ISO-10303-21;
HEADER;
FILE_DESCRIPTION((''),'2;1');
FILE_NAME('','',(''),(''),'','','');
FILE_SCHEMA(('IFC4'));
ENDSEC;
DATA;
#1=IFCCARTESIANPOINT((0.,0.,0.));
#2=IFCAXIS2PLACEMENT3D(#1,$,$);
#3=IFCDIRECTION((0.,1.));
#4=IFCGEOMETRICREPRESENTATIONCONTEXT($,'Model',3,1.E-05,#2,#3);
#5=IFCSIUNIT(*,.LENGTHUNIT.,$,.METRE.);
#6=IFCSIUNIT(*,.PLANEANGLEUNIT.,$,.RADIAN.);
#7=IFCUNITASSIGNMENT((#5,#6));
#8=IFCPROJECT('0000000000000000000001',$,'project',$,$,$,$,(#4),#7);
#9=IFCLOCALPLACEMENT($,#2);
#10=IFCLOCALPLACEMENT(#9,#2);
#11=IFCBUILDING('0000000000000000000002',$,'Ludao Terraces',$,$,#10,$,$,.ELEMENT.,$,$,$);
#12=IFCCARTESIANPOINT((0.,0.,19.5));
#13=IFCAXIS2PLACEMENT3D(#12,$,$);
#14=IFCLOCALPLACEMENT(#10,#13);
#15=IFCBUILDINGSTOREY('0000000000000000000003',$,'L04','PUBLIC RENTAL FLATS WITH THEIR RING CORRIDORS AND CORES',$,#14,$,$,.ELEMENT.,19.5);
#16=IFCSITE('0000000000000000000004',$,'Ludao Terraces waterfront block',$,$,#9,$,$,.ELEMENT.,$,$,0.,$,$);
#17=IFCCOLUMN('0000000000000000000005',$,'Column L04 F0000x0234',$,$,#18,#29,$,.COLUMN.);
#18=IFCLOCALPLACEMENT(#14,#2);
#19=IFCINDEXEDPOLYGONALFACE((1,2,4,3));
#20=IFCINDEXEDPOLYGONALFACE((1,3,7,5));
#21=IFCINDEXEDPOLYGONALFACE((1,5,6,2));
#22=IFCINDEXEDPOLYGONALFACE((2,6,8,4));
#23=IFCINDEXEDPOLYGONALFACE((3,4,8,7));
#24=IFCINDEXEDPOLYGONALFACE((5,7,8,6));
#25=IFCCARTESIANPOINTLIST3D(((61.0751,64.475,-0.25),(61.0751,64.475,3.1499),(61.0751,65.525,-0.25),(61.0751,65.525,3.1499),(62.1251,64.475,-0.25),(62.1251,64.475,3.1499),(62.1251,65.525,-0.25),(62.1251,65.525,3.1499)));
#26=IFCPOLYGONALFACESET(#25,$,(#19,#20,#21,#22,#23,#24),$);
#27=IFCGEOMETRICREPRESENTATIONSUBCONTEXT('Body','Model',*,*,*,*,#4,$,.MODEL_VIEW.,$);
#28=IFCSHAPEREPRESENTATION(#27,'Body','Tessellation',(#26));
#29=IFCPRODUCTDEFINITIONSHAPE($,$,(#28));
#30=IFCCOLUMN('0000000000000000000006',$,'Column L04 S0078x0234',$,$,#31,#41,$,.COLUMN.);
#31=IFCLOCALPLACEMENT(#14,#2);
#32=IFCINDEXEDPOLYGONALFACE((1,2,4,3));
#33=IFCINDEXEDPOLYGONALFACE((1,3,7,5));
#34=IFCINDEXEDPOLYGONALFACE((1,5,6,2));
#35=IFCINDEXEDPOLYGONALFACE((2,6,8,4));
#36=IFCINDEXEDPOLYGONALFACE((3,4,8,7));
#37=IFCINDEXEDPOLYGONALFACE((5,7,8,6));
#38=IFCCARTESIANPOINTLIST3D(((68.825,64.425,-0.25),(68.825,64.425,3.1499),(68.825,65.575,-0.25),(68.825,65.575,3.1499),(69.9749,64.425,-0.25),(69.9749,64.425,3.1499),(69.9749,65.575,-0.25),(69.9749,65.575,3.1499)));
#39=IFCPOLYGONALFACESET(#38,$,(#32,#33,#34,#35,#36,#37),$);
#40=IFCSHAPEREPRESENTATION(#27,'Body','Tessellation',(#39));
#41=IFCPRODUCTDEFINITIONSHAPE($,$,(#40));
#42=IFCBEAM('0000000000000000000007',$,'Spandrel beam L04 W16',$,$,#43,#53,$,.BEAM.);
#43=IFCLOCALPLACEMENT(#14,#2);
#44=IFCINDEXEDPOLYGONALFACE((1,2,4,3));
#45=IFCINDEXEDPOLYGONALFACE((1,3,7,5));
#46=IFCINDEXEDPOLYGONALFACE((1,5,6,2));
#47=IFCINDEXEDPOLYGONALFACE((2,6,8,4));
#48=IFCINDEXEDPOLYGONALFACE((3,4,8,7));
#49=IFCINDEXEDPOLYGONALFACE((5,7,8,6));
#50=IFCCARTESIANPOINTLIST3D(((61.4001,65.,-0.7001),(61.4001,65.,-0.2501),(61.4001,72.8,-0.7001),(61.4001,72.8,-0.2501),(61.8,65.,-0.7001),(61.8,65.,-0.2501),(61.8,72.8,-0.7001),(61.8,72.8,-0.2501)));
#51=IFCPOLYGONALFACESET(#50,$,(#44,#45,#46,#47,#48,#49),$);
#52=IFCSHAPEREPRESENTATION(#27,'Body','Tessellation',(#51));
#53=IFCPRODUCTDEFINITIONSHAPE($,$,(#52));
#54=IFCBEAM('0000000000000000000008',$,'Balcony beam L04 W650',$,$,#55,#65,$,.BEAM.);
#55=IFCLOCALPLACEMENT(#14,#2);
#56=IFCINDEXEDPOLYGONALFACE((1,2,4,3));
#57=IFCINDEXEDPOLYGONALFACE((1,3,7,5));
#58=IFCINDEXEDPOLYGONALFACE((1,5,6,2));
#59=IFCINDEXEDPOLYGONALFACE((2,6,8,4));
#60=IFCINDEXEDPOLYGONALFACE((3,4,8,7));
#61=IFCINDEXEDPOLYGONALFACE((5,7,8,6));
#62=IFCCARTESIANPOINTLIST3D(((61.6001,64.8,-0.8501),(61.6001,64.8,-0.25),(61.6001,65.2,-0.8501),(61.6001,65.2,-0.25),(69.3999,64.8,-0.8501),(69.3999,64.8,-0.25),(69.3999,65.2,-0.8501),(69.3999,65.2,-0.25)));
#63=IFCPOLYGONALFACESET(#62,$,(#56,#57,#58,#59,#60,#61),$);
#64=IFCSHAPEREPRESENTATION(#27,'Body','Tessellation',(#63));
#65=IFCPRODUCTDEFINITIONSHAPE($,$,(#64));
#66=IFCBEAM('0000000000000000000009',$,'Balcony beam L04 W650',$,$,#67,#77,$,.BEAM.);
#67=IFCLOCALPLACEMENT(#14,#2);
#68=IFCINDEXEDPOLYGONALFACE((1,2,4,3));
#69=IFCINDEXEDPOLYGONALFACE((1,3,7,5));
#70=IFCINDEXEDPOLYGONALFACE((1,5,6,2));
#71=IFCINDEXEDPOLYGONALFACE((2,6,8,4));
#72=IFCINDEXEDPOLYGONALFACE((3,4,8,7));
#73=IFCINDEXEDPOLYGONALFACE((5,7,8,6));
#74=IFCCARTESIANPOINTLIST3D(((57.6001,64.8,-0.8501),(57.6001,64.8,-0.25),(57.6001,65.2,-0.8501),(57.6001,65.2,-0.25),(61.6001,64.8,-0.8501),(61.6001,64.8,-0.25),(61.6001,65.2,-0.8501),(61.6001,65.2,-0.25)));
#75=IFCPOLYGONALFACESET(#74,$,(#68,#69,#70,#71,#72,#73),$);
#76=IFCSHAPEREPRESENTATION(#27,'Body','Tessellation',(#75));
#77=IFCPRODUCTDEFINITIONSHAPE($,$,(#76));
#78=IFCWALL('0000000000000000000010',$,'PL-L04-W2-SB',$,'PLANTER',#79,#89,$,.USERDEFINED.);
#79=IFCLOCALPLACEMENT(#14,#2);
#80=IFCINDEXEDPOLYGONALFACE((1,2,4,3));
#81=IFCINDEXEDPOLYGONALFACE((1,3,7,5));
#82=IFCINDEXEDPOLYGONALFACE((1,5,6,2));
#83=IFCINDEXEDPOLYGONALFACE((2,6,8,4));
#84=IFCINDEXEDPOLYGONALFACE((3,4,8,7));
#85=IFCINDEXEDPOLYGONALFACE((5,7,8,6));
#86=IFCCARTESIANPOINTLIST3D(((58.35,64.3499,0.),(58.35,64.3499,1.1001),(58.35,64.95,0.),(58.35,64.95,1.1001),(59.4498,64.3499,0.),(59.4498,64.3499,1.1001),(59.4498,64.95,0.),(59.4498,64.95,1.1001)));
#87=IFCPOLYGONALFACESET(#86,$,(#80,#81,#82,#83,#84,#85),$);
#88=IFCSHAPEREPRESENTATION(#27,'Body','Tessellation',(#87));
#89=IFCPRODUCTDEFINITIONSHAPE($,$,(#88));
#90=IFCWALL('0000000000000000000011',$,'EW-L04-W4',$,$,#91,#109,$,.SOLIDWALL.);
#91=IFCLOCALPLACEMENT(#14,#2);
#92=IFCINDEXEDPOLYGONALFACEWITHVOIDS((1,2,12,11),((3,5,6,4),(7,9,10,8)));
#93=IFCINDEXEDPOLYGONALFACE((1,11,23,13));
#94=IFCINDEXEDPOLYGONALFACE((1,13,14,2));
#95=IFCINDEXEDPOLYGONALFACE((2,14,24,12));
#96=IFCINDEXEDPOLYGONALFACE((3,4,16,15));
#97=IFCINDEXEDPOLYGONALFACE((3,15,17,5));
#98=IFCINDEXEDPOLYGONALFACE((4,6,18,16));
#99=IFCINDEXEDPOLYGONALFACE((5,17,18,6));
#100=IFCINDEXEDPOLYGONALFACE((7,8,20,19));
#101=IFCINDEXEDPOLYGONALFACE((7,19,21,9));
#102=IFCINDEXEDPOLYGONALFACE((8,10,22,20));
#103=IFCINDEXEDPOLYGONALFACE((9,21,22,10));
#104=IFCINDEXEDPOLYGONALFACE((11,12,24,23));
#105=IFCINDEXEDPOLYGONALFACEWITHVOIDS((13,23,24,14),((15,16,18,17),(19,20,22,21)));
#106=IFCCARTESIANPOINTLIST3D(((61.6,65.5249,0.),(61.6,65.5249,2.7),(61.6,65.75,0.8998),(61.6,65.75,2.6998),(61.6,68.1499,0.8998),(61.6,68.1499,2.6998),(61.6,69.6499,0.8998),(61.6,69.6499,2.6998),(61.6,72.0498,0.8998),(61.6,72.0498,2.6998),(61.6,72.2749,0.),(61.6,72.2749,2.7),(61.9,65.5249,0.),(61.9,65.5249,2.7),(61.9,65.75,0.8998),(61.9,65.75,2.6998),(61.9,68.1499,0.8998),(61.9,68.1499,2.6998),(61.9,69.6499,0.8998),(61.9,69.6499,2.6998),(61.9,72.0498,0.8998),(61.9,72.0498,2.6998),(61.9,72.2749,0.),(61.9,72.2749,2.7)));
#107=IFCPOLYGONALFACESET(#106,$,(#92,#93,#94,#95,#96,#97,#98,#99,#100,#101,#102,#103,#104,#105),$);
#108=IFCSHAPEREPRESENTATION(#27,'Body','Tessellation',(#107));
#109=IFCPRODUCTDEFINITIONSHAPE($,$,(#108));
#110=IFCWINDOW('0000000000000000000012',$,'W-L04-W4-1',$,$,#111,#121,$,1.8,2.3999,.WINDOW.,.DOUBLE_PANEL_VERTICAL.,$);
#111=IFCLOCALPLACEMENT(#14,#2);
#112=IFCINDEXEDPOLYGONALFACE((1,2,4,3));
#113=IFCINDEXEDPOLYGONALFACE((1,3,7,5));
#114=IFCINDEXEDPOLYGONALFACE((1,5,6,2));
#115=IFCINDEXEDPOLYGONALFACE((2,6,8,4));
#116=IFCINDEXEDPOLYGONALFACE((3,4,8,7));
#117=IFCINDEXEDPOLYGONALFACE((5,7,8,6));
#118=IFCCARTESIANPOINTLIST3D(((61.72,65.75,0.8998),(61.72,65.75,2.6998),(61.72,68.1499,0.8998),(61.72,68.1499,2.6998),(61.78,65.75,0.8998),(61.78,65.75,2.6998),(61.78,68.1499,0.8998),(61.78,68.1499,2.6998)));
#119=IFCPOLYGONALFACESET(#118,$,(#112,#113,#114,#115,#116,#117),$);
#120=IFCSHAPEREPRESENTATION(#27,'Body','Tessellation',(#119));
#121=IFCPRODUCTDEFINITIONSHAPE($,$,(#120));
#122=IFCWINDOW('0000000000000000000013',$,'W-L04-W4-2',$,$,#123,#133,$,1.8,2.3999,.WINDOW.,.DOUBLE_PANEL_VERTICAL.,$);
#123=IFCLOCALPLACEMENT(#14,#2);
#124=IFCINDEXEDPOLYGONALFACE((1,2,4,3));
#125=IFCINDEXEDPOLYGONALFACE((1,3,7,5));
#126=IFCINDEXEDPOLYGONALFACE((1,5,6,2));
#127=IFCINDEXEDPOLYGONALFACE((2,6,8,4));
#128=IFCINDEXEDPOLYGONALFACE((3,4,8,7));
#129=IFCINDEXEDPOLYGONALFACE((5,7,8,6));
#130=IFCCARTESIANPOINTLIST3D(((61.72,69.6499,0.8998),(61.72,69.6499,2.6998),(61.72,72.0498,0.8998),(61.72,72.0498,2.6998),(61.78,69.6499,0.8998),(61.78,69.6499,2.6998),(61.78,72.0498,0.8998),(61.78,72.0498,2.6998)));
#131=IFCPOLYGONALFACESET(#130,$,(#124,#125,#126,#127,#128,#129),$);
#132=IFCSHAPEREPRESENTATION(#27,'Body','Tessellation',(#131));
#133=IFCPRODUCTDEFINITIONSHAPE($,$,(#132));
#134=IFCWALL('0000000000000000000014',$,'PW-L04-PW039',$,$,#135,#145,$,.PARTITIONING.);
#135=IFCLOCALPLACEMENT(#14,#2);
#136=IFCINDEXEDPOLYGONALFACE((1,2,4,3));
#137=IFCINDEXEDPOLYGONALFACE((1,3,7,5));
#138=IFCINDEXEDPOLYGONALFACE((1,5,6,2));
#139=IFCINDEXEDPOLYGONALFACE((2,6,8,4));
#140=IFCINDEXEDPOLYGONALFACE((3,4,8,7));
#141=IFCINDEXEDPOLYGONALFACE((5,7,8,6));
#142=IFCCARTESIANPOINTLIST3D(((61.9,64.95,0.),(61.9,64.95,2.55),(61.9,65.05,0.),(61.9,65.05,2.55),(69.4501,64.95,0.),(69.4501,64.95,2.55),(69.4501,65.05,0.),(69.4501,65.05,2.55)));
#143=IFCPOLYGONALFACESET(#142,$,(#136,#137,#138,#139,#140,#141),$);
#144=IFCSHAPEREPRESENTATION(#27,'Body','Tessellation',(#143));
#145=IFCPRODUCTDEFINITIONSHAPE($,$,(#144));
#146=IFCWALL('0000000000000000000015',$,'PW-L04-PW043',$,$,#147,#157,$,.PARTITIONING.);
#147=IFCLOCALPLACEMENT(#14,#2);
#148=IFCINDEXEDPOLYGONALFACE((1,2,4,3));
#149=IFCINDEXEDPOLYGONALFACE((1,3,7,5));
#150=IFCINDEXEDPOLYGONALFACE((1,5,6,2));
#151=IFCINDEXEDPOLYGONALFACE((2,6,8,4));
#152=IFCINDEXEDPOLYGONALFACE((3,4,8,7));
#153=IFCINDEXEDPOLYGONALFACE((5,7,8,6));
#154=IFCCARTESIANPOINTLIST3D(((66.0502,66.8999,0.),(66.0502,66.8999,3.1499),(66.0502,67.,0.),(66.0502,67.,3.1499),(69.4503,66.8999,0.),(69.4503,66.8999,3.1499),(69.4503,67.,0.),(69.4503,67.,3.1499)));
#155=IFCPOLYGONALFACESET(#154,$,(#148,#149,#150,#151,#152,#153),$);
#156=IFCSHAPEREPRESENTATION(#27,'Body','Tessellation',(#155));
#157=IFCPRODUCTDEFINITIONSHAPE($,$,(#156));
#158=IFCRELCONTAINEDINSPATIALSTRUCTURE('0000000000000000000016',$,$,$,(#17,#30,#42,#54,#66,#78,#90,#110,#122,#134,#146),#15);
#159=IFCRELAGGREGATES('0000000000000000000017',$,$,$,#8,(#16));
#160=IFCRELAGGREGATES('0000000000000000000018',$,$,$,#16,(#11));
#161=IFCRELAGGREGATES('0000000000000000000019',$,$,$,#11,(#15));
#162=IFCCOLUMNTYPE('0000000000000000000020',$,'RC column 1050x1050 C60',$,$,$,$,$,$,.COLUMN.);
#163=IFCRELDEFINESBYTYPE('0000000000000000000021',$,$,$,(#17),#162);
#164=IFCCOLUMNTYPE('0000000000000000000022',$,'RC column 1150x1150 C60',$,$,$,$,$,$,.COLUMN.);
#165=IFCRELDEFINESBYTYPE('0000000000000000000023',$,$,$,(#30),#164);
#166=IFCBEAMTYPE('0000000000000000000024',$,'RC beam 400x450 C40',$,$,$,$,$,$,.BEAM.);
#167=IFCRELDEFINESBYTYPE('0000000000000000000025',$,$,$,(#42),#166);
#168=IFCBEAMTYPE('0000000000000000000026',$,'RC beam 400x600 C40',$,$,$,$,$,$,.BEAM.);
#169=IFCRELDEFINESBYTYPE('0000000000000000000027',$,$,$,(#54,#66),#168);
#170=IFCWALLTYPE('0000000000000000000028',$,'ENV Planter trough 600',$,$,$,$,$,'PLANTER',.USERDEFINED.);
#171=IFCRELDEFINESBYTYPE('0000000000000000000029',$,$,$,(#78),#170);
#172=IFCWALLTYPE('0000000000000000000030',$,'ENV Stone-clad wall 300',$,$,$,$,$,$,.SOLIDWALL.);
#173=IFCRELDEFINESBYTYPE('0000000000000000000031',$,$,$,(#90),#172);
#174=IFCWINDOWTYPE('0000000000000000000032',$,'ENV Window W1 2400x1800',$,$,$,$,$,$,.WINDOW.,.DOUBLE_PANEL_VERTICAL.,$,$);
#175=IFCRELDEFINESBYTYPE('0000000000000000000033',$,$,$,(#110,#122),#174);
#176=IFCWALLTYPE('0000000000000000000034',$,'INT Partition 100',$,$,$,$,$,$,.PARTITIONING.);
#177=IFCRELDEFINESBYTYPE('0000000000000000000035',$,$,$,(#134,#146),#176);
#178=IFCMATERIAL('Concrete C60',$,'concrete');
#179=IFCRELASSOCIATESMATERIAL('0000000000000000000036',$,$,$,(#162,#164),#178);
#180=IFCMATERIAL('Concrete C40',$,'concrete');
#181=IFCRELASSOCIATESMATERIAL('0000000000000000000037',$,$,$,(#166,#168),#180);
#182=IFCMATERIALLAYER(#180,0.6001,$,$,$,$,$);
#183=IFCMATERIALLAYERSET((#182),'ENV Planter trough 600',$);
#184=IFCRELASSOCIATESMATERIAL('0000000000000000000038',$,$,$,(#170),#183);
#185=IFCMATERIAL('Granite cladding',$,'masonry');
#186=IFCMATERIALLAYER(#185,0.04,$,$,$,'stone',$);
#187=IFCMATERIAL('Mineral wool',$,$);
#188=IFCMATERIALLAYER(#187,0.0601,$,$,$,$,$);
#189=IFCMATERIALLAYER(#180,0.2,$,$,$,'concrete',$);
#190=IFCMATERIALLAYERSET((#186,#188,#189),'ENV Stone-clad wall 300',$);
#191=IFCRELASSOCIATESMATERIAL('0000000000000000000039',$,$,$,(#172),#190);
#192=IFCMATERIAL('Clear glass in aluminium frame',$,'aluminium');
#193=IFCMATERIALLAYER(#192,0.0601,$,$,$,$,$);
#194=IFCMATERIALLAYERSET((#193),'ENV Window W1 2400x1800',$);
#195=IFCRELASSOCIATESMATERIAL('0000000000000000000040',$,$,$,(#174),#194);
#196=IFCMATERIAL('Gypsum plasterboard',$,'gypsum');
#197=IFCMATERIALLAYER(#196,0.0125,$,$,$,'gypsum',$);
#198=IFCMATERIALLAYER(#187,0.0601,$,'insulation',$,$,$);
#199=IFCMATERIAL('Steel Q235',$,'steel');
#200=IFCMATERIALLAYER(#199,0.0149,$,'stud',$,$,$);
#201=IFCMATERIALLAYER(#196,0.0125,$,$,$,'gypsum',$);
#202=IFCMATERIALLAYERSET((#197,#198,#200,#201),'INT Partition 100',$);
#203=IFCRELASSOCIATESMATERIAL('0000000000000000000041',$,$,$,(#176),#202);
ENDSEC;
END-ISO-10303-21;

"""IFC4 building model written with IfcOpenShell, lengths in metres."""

from ifc_helpers import new_model, si_unit, direction, frame, frame_2d, origin, origin_2d, place, context, subcontext, project, spatial, rectangle, extrude, material, layer, layer_set, material_profile, profile_set, type_object, element, fill, save


model = new_model("IFC4")

# Units and contexts
model_context = context("Model", 3, precision=1e-05, world=origin(), true_north=direction((0.0, 1.0)))
body_context = subcontext(model_context, "Body", "Model", "MODEL_VIEW")
ifc_project = project(units=[si_unit("LENGTHUNIT", "METRE"), si_unit("PLANEANGLEUNIT", "RADIAN")], contexts=[model_context])

# Site, building, storey
site_placement = place(None, origin())
site = spatial("IfcSite", under=ifc_project, at=site_placement, Name="Ludao Terraces waterfront block", CompositionType="ELEMENT", RefElevation=0.0)
building_placement = place(site_placement, origin())
building = spatial("IfcBuilding", under=site, at=building_placement, Name="Ludao Terraces", CompositionType="ELEMENT")
storey_placement = place(building_placement, frame((0.0, 0.0, 19.5)))
storey = spatial("IfcBuildingStorey", under=building, at=storey_placement, Name="L04", Description="PUBLIC RENTAL FLATS WITH THEIR RING CORRIDORS AND CORES", CompositionType="ELEMENT", Elevation=19.5)

# Columns
ifc_material_1 = material(Name="Concrete C60", Category="concrete")
ifc_material_profile_1 = material_profile(ifc_material_1, rectangle(XDim=1.05, YDim=1.05, at=origin_2d()), Name="1050 X 1050")
ifc_profile_set_1 = profile_set([ifc_material_profile_1], Name="Concrete C60")
column_type_1 = type_object("IfcColumnType", Name="RC column 1050x1050 C60", PredefinedType="COLUMN", material=ifc_profile_set_1)
column_1_placement = place(storey_placement, frame((61.6001, 65.0, -0.25), z_axis=(0.0, 0.0, 1.0), x_axis=(1.0, 0.0, 0.0)))
element("IfcColumn", 1, at=column_1_placement, inside=storey, type_object=column_type_1, Name="Column L04 F0000x0234", PredefinedType="COLUMN", context=body_context, shape_type="SweptSolid", body=[
    extrude(rectangle(XDim=1.05, YDim=1.05, at=origin_2d()), origin(), (0.0, 0.0, 1.0), 3.3999),
])
ifc_material_profile_2 = material_profile(ifc_material_1, rectangle(XDim=1.1499, YDim=1.1499, at=origin_2d()), Name="1150 X 1150")
ifc_profile_set_2 = profile_set([ifc_material_profile_2], Name="Concrete C60")
column_type_2 = type_object("IfcColumnType", Name="RC column 1150x1150 C60", PredefinedType="COLUMN", material=ifc_profile_set_2)
column_2_placement = place(storey_placement, frame((69.3999, 65.0, -0.25), z_axis=(0.0, 0.0, 1.0), x_axis=(1.0, 0.0, 0.0)))
element("IfcColumn", 2, at=column_2_placement, inside=storey, type_object=column_type_2, Name="Column L04 S0078x0234", PredefinedType="COLUMN", context=body_context, shape_type="SweptSolid", body=[
    extrude(rectangle(XDim=1.1499, YDim=1.1499, at=origin_2d()), origin(), (0.0, 0.0, 1.0), 3.3999),
])

# Beams
ifc_material_2 = material(Name="Concrete C40", Category="concrete")
ifc_material_profile_3 = material_profile(ifc_material_2, rectangle(XDim=0.3999, YDim=0.45, at=origin_2d()), Name="400 X 450")
ifc_profile_set_3 = profile_set([ifc_material_profile_3], Name="Concrete C40")
beam_type_1 = type_object("IfcBeamType", Name="RC beam 400x450 C40", PredefinedType="BEAM", material=ifc_profile_set_3)
beam_1_placement = place(storey_placement, frame((61.6001, 65.0, -0.4751), z_axis=(0.0, 1.0, 0.0), x_axis=(-1.0, 0.0, 0.0)))
element("IfcBeam", 3, at=beam_1_placement, inside=storey, type_object=beam_type_1, Name="Spandrel beam L04 W16", PredefinedType="BEAM", context=body_context, shape_type="SweptSolid", body=[
    extrude(rectangle(XDim=0.3999, YDim=0.45, at=origin_2d()), origin(), (0.0, 0.0, 1.0), 7.8),
])
ifc_material_profile_4 = material_profile(ifc_material_2, rectangle(XDim=0.3999, YDim=0.6001, at=origin_2d()), Name="400 X 600")
ifc_profile_set_4 = profile_set([ifc_material_profile_4], Name="Concrete C40")
beam_type_2 = type_object("IfcBeamType", Name="RC beam 400x600 C40", PredefinedType="BEAM", material=ifc_profile_set_4)
beam_2_placement = place(storey_placement, frame((69.3999, 65.0, -0.55), z_axis=(-1.0, 0.0, 0.0), x_axis=(0.0, -1.0, 0.0)))
element("IfcBeam", 4, at=beam_2_placement, inside=storey, type_object=beam_type_2, Name="Balcony beam L04 W650", PredefinedType="BEAM", context=body_context, shape_type="SweptSolid", body=[
    extrude(rectangle(XDim=0.3999, YDim=0.6001, at=origin_2d()), origin(), (0.0, 0.0, 1.0), 7.7998),
])
beam_3_placement = place(storey_placement, frame((61.6001, 65.0, -0.55), z_axis=(-1.0, 0.0, 0.0), x_axis=(0.0, -1.0, 0.0)))
element("IfcBeam", 5, at=beam_3_placement, inside=storey, type_object=beam_type_2, Name="Balcony beam L04 W650", PredefinedType="BEAM", context=body_context, shape_type="SweptSolid", body=[
    extrude(rectangle(XDim=0.3999, YDim=0.6001, at=origin_2d()), origin(), (0.0, 0.0, 1.0), 4.0),
])

# Wall
ifc_layer_1 = layer(ifc_material_2, 0.6001)
ifc_layer_set_1 = layer_set([ifc_layer_1], Name="ENV Planter trough 600")
wall_type_1 = type_object("IfcWallType", Name="ENV Planter trough 600", ElementType="PLANTER", PredefinedType="USERDEFINED", material=ifc_layer_set_1)
wall_1_placement = place(storey_placement, frame((58.3501, 64.6499, 0.0), z_axis=(0.0, 0.0, 1.0), x_axis=(1.0, 0.0, 0.0)))
element("IfcWall", 6, at=wall_1_placement, inside=storey, type_object=wall_type_1, Name="PL-L04-W2-SB", ObjectType="PLANTER", PredefinedType="USERDEFINED", context=body_context, shape_type="SweptSolid", body=[
    extrude(rectangle(XDim=1.0999, YDim=0.6001, at=frame_2d((0.5498, 0.0))), origin(), (0.0, 0.0, 1.0), 1.1001),
])

# Wall, openings, windows
ifc_material_3 = material(Name="Granite cladding", Category="masonry")
ifc_layer_2 = layer(ifc_material_3, 0.04, Category="stone")
ifc_material_4 = material(Name="Mineral wool")
ifc_layer_3 = layer(ifc_material_4, 0.0601)
ifc_layer_4 = layer(ifc_material_2, 0.2, Category="concrete")
ifc_layer_set_2 = layer_set([ifc_layer_2, ifc_layer_3, ifc_layer_4], Name="ENV Stone-clad wall 300")
wall_type_2 = type_object("IfcWallType", Name="ENV Stone-clad wall 300", PredefinedType="SOLIDWALL", material=ifc_layer_set_2)
wall_2_placement = place(storey_placement, frame((61.75, 65.5249, 0.0), z_axis=(0.0, 0.0, 1.0), x_axis=(0.0, 1.0, 0.0)))
wall_2 = element("IfcWall", 7, at=wall_2_placement, inside=storey, type_object=wall_type_2, Name="EW-L04-W4", PredefinedType="SOLIDWALL", context=body_context, shape_type="SweptSolid", body=[
    extrude(rectangle(XDim=6.75, YDim=0.3, at=frame_2d((3.375, 0.0))), origin(), (0.0, 0.0, 1.0), 2.7),
])
opening_1_placement = place(wall_2_placement, frame((0.2251, 0.0, 0.8999)))
opening_1 = element("IfcOpeningElement", 8, at=opening_1_placement, cuts=wall_2, PredefinedType="OPENING", context=body_context, shape_type="SweptSolid", body=[
    extrude(rectangle(XDim=2.3999, YDim=1.8, at=frame_2d((1.2, 0.8999))), frame((0.0, 0.1602, 0.0), z_axis=(0.0, -1.0, 0.0), x_axis=(1.0, 0.0, 0.0)), (0.0, 0.0, 1.0), 0.3201),
])
opening_2_placement = place(wall_2_placement, frame((4.125, 0.0, 0.8999)))
opening_2 = element("IfcOpeningElement", 9, at=opening_2_placement, cuts=wall_2, PredefinedType="OPENING", context=body_context, shape_type="SweptSolid", body=[
    extrude(rectangle(XDim=2.3999, YDim=1.8, at=frame_2d((1.2, 0.8999))), frame((0.0, 0.1602, 0.0), z_axis=(0.0, -1.0, 0.0), x_axis=(1.0, 0.0, 0.0)), (0.0, 0.0, 1.0), 0.3201),
])
ifc_material_5 = material(Name="Clear glass in aluminium frame", Category="aluminium")
ifc_layer_5 = layer(ifc_material_5, 0.0601)
ifc_layer_set_3 = layer_set([ifc_layer_5], Name="ENV Window W1 2400x1800")
window_type = type_object("IfcWindowType", Name="ENV Window W1 2400x1800", PartitioningType="DOUBLE_PANEL_VERTICAL", PredefinedType="WINDOW", material=ifc_layer_set_3)
window_1_placement = place(opening_1_placement, origin())
window_1 = element("IfcWindow", 10, at=window_1_placement, inside=storey, type_object=window_type, Name="W-L04-W4-1", OverallHeight=1.8, OverallWidth=2.3999, PartitioningType="DOUBLE_PANEL_VERTICAL", PredefinedType="WINDOW", context=body_context, shape_type="SweptSolid", body=[
    extrude(rectangle(XDim=2.3999, YDim=1.8, at=frame_2d((1.2, 0.8999))), frame((0.0, 0.03, 0.0), z_axis=(0.0, -1.0, 0.0), x_axis=(1.0, 0.0, 0.0)), (0.0, 0.0, 1.0), 0.0601),
])
fill(opening_1, window_1)
window_2_placement = place(opening_2_placement, origin())
window_2 = element("IfcWindow", 11, at=window_2_placement, inside=storey, type_object=window_type, Name="W-L04-W4-2", OverallHeight=1.8, OverallWidth=2.3999, PartitioningType="DOUBLE_PANEL_VERTICAL", PredefinedType="WINDOW", context=body_context, shape_type="SweptSolid", body=[
    extrude(rectangle(XDim=2.3999, YDim=1.8, at=frame_2d((1.2, 0.8999))), frame((0.0, 0.03, 0.0), z_axis=(0.0, -1.0, 0.0), x_axis=(1.0, 0.0, 0.0)), (0.0, 0.0, 1.0), 0.0601),
])
fill(opening_2, window_2)

# Walls
ifc_material_6 = material(Name="Gypsum plasterboard", Category="gypsum")
ifc_layer_6 = layer(ifc_material_6, 0.0125, Category="gypsum")
ifc_layer_7 = layer(ifc_material_4, 0.0601, Name="insulation")
ifc_material_7 = material(Name="Steel Q235", Category="steel")
ifc_layer_8 = layer(ifc_material_7, 0.0149, Name="stud")
ifc_layer_9 = layer(ifc_material_6, 0.0125, Category="gypsum")
ifc_layer_set_4 = layer_set([ifc_layer_6, ifc_layer_7, ifc_layer_8, ifc_layer_9], Name="INT Partition 100")
wall_type_3 = type_object("IfcWallType", Name="INT Partition 100", PredefinedType="PARTITIONING", material=ifc_layer_set_4)
wall_3_placement = place(storey_placement, frame((61.9001, 65.0, 0.0), z_axis=(0.0, 0.0, 1.0), x_axis=(1.0, 0.0, 0.0)))
element("IfcWall", 12, at=wall_3_placement, inside=storey, type_object=wall_type_3, Name="PW-L04-PW039", PredefinedType="PARTITIONING", context=body_context, shape_type="SweptSolid", body=[
    extrude(rectangle(XDim=7.55, YDim=0.1001, at=frame_2d((3.7749, 0.0))), origin(), (0.0, 0.0, 1.0), 2.55),
])
wall_4_placement = place(storey_placement, frame((66.05, 66.95, 0.0), z_axis=(0.0, 0.0, 1.0), x_axis=(1.0, 0.0, 0.0)))
element("IfcWall", 13, at=wall_4_placement, inside=storey, type_object=wall_type_3, Name="PW-L04-PW043", PredefinedType="PARTITIONING", context=body_context, shape_type="SweptSolid", body=[
    extrude(rectangle(XDim=3.4001, YDim=0.1001, at=frame_2d((1.7002, 0.0))), origin(), (0.0, 0.0, 1.0), 3.1499),
])

save(model, "model.ifc")
